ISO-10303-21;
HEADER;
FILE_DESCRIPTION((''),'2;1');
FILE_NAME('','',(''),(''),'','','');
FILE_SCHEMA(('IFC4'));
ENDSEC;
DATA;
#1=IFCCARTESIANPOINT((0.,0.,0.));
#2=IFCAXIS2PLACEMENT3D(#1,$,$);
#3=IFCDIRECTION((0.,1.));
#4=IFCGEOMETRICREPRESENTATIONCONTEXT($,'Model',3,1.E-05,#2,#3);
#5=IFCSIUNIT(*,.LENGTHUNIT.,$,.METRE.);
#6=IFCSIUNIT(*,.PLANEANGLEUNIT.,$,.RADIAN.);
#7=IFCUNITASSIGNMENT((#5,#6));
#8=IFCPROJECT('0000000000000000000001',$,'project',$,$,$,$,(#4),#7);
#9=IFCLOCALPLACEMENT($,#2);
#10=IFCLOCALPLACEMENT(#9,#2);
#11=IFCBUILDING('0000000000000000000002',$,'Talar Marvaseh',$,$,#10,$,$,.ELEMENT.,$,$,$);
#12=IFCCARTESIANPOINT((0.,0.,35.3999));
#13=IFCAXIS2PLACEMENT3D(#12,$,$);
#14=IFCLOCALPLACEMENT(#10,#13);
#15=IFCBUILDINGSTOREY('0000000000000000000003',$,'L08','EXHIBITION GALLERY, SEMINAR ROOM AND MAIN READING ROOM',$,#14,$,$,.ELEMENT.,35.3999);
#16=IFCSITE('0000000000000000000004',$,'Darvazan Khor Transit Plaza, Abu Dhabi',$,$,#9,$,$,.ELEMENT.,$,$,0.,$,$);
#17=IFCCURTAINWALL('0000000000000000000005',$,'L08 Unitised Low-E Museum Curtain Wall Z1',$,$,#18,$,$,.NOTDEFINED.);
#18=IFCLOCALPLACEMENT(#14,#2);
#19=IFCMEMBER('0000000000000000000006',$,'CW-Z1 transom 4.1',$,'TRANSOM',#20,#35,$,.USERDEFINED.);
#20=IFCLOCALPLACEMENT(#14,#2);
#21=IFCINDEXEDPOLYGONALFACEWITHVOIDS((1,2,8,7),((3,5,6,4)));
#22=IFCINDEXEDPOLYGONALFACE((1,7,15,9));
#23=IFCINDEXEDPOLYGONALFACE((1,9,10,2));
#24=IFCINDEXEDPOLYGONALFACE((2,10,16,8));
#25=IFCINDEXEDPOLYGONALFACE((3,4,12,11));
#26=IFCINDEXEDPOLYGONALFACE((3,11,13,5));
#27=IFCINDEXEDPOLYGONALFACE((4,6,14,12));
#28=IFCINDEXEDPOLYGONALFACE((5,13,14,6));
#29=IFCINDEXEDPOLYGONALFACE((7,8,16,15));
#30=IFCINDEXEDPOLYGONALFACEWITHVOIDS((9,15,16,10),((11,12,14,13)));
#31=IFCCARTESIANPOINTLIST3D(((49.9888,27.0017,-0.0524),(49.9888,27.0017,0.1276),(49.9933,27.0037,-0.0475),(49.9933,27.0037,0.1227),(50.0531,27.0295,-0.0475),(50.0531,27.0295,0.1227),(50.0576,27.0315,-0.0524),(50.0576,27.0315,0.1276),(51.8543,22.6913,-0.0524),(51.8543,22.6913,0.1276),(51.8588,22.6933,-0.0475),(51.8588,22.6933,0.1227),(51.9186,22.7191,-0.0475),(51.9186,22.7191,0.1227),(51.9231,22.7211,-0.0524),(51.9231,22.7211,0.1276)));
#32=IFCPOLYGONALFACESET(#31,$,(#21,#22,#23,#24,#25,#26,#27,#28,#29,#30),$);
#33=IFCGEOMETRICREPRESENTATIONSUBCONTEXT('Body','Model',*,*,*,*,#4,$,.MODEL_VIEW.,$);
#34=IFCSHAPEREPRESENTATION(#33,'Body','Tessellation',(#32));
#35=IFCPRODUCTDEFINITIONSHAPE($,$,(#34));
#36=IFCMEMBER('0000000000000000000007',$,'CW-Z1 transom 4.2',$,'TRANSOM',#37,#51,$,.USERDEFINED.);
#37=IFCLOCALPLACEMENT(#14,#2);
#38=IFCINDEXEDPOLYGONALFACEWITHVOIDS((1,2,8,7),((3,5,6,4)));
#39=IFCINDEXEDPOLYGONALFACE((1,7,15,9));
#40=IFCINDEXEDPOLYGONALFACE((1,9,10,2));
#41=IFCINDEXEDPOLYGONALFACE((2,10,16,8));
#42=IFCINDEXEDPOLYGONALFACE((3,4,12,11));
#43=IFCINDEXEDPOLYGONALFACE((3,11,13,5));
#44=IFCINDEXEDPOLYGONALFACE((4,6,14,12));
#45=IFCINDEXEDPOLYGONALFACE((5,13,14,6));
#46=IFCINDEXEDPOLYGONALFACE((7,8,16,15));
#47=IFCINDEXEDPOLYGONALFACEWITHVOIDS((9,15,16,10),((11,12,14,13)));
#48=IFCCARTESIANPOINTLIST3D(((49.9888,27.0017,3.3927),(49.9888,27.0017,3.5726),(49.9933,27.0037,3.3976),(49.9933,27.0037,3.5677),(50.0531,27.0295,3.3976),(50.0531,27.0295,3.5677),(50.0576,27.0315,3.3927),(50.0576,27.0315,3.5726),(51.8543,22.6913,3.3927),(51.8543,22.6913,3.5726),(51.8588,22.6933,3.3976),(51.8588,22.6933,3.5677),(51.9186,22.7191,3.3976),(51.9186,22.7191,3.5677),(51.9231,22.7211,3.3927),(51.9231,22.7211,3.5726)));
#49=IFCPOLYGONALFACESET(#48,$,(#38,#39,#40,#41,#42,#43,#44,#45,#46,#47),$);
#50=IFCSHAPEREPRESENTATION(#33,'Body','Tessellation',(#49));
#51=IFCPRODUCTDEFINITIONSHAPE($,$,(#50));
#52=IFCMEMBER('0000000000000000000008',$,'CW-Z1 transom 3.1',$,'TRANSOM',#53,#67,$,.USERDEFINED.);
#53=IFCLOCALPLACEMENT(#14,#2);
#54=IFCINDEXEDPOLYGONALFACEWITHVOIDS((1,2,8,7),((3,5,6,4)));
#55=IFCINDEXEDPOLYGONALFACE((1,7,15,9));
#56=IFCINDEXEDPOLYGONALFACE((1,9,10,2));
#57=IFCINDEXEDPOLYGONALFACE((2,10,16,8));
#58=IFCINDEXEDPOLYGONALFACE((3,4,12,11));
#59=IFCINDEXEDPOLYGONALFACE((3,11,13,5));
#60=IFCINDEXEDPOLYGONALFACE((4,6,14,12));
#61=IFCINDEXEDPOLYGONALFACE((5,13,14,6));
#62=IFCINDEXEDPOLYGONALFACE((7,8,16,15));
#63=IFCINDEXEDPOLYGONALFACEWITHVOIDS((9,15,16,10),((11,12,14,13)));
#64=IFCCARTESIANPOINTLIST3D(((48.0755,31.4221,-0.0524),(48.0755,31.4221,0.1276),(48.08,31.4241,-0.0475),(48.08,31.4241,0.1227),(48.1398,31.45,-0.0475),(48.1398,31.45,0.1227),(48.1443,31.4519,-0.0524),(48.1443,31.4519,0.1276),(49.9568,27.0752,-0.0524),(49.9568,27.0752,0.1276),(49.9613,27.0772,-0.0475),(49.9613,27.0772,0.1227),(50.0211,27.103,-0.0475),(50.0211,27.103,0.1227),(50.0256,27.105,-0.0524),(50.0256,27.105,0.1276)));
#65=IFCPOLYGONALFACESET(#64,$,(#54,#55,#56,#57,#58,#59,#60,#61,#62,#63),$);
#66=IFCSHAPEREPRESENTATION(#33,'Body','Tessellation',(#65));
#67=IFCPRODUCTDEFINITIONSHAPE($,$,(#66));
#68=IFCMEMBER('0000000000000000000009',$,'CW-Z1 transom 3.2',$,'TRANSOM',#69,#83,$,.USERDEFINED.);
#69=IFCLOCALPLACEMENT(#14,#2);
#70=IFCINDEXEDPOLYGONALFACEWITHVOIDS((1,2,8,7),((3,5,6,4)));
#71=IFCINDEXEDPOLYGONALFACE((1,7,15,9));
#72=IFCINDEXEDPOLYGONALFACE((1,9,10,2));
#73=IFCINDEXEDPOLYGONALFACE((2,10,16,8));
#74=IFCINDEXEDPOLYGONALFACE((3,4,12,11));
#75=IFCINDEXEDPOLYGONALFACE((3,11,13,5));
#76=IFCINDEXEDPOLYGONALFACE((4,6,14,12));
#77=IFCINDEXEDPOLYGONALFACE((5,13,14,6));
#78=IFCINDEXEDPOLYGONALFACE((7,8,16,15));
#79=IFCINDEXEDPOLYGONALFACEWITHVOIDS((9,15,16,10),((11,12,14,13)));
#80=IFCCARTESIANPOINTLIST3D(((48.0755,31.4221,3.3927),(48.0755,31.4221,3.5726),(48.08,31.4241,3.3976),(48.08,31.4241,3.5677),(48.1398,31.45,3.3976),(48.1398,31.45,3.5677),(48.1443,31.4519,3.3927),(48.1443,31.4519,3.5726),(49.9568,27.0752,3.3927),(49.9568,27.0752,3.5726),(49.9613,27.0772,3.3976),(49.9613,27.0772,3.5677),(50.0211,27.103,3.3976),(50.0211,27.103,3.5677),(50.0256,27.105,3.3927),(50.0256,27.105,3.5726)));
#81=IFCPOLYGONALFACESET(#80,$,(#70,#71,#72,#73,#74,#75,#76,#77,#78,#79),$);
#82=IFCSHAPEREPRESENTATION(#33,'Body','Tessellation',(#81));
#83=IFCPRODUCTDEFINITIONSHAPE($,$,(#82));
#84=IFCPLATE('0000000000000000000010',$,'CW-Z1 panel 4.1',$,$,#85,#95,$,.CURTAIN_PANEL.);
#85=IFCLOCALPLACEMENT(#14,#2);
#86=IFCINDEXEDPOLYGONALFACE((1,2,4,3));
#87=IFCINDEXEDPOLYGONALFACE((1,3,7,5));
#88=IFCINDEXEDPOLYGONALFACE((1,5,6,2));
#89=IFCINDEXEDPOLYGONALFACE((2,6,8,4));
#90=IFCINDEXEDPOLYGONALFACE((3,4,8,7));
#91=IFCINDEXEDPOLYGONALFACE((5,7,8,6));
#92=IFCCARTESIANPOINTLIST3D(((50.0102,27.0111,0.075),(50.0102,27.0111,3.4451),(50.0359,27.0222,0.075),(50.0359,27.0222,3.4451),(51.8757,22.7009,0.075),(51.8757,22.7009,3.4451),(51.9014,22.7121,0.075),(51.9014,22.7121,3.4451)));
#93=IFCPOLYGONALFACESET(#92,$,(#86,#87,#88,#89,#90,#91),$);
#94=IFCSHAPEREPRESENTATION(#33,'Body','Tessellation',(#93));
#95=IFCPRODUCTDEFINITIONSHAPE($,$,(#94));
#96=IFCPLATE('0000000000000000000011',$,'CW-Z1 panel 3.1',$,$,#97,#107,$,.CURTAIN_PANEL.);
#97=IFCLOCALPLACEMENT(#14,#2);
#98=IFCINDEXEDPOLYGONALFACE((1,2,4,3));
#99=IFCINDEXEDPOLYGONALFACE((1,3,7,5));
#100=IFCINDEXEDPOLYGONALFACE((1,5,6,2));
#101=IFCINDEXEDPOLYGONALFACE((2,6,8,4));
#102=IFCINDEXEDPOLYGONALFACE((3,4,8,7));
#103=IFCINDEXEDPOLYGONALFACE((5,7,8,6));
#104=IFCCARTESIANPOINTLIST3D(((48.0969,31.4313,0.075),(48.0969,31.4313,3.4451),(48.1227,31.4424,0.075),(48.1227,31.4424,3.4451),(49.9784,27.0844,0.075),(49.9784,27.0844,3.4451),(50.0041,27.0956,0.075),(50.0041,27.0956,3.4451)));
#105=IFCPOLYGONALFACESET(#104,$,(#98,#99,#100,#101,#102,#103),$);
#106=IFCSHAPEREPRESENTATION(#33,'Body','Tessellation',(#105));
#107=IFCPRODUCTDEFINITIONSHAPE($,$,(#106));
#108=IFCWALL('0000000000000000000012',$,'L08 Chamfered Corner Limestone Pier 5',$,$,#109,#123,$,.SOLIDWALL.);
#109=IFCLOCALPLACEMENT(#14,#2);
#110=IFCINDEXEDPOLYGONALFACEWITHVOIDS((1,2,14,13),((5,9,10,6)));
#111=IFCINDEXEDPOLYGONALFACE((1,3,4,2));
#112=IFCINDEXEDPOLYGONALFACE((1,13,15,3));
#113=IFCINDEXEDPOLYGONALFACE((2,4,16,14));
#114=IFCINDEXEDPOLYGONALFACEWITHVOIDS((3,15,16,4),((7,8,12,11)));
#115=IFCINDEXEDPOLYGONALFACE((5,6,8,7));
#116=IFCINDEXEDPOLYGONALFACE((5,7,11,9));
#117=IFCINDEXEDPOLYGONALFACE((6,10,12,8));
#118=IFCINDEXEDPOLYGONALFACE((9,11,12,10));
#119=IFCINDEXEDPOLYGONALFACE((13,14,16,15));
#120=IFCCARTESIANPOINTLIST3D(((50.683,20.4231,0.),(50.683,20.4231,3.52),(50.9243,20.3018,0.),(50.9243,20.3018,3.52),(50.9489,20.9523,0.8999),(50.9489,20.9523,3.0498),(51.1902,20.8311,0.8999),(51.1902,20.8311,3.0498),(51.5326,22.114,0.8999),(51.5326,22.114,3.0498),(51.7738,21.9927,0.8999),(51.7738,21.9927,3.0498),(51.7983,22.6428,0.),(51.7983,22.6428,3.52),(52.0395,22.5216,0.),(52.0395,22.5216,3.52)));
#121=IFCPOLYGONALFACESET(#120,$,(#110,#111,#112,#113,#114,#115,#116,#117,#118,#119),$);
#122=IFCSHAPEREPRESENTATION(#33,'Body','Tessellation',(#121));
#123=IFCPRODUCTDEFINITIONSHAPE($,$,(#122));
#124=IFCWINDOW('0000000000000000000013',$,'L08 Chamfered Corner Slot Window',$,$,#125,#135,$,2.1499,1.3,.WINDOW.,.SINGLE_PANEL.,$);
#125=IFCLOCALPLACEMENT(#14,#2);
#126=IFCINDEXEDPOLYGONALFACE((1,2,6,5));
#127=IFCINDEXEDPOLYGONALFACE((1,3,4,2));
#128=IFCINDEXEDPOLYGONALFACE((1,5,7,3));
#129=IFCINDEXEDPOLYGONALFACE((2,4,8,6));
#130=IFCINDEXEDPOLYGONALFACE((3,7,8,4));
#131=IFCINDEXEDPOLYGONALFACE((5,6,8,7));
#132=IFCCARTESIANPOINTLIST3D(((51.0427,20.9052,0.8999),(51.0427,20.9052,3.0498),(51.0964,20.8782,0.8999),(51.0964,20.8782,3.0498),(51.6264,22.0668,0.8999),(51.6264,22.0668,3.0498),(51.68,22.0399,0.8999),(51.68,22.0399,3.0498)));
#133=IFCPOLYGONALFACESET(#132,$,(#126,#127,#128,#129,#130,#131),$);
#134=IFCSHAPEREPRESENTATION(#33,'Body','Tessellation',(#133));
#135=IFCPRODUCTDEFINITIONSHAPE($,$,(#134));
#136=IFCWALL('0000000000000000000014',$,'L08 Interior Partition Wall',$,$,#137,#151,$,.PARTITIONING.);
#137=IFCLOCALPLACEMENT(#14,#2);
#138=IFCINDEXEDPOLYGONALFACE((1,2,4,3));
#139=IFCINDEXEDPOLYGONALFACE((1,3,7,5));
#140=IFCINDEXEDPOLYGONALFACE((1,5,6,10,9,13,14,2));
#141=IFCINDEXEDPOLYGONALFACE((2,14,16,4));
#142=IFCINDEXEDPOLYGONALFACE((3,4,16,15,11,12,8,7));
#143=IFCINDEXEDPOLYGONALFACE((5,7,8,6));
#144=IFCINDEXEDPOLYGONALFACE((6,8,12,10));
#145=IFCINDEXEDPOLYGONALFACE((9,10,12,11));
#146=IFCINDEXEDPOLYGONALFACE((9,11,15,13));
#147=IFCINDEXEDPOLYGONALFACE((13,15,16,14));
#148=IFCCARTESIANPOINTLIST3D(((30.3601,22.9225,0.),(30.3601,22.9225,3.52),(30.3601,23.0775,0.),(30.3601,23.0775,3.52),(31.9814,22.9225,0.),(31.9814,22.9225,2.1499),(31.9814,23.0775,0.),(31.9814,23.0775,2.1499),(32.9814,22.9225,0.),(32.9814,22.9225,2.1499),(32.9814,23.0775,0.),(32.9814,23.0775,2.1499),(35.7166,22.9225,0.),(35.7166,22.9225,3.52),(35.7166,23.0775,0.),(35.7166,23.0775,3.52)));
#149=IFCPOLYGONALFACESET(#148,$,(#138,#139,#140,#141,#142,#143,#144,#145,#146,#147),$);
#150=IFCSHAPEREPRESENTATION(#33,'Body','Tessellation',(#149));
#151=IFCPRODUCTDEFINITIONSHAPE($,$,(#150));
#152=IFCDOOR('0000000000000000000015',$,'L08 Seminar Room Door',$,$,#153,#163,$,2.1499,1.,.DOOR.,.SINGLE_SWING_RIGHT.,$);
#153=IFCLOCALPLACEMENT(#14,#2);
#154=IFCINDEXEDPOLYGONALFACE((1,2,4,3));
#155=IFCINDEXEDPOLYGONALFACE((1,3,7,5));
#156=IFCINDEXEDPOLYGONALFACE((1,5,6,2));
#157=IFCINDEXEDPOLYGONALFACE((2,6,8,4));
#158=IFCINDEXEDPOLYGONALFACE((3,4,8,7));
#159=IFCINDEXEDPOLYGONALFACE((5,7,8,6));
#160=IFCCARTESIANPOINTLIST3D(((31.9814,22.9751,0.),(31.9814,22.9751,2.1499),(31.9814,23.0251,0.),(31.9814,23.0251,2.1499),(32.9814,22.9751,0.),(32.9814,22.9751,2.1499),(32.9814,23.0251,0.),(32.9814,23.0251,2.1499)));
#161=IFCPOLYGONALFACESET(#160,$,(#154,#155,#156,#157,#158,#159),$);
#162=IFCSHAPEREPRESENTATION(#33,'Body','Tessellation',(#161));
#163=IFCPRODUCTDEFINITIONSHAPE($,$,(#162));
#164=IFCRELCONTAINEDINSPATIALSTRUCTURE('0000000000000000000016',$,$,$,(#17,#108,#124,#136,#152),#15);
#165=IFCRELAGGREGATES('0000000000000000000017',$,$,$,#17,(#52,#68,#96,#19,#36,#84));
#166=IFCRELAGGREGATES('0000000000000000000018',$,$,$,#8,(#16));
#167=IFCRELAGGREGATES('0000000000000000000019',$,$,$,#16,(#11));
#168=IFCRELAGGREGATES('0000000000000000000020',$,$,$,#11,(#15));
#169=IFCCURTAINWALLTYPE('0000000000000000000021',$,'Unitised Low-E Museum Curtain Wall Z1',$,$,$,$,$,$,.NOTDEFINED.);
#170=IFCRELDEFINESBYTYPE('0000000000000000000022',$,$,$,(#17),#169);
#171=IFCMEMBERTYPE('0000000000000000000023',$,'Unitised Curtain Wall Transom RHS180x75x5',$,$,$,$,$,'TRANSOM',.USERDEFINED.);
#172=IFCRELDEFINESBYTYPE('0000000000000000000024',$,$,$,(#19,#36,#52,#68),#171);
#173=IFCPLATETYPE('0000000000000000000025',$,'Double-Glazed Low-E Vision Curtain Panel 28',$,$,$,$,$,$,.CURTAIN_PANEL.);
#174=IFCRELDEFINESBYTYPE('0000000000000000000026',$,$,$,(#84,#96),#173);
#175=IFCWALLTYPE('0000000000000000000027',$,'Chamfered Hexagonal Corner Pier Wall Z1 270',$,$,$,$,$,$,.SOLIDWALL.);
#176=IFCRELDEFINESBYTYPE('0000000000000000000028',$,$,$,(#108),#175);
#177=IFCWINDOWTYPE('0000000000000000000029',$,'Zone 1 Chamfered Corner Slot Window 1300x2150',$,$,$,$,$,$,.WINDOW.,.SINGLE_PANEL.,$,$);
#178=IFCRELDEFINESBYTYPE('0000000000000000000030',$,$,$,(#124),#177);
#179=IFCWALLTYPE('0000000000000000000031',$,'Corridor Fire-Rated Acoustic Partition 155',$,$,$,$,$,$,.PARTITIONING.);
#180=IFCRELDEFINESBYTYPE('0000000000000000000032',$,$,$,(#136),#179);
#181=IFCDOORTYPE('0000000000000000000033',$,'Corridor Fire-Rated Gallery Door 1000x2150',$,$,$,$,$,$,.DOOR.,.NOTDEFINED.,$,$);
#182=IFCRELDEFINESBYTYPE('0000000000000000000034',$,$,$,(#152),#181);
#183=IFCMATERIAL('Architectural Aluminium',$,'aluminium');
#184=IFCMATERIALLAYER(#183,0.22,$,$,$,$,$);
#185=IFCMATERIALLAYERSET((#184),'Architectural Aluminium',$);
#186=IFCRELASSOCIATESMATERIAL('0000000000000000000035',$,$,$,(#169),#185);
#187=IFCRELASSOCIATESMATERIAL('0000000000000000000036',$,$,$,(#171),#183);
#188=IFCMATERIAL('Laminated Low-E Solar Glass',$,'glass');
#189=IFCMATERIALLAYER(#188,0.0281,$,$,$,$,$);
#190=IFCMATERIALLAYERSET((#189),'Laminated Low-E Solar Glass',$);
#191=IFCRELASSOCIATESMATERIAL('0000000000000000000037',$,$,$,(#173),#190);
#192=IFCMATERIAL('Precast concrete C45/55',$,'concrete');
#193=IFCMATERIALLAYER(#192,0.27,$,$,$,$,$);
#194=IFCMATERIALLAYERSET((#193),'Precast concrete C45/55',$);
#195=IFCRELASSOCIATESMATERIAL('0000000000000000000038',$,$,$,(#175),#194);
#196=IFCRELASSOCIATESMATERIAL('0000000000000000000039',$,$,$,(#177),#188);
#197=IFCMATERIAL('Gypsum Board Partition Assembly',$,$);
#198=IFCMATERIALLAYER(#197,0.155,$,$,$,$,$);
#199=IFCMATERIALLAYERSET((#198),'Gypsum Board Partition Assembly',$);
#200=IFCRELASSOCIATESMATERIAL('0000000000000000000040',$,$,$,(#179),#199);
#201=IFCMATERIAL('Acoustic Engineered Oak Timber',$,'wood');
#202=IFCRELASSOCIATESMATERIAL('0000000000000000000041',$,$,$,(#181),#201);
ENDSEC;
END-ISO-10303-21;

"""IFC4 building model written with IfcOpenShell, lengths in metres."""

from ifc_helpers import new_model, si_unit, direction, frame, frame_2d, origin, origin_2d, place, context, subcontext, project, spatial, rectangle, hollow_rectangle, extrude, source, transform, mapped, material, layer, layer_set, material_profile, profile_set, type_object, type_shapes, element, fill, aggregate, save


model = new_model("IFC4")

# Units and contexts
model_context = context("Model", 3, precision=1e-05, world=origin(), true_north=direction((0.0, 1.0)))
body_context = subcontext(model_context, "Body", "Model", "MODEL_VIEW")
ifc_project = project(units=[si_unit("LENGTHUNIT", "METRE"), si_unit("PLANEANGLEUNIT", "RADIAN")], contexts=[model_context])

# Site, building, storey
site_placement = place(None, origin())
site = spatial("IfcSite", under=ifc_project, at=site_placement, Name="Darvazan Khor Transit Plaza, Abu Dhabi", CompositionType="ELEMENT", RefElevation=0.0)
building_placement = place(site_placement, origin())
building = spatial("IfcBuilding", under=site, at=building_placement, Name="Talar Marvaseh", CompositionType="ELEMENT")
storey_placement = place(building_placement, frame((0.0, 0.0, 35.3999)))
storey = spatial("IfcBuildingStorey", under=building, at=storey_placement, Name="L08", Description="EXHIBITION GALLERY, SEMINAR ROOM AND MAIN READING ROOM", CompositionType="ELEMENT", Elevation=35.3999)

# Curtain wall, members, plates
ifc_material_1 = material(Name="Architectural Aluminium", Category="aluminium")
ifc_layer_1 = layer(ifc_material_1, 0.22)
ifc_layer_set_1 = layer_set([ifc_layer_1], Name="Architectural Aluminium")
curtain_wall_type = type_object("IfcCurtainWallType", Name="Unitised Low-E Museum Curtain Wall Z1", PredefinedType="NOTDEFINED", material=ifc_layer_set_1)
curtain_wall_placement = place(storey_placement, origin())
curtain_wall = element("IfcCurtainWall", 1, at=curtain_wall_placement, inside=storey, type_object=curtain_wall_type, Name="L08 Unitised Low-E Museum Curtain Wall Z1", PredefinedType="NOTDEFINED")
ifc_material_profile_1 = material_profile(ifc_material_1, hollow_rectangle(XDim=0.075, YDim=0.1799, WallThickness=0.0049, at=origin_2d()), Name="RHS180x75x5")
ifc_profile_set_1 = profile_set([ifc_material_profile_1], Name="Architectural Aluminium")
member_type_1 = type_object("IfcMemberType", Name="Unitised Curtain Wall Transom RHS180x75x5", ElementType="TRANSOM", PredefinedType="USERDEFINED", material=ifc_profile_set_1)
shared_shape_1 = source(origin(), body_context, "Body", "SweptSolid", [
    extrude(hollow_rectangle(XDim=0.075, YDim=0.1799, WallThickness=0.0049, at=origin_2d()), origin(), (0.0, 0.0, 1.0), 4.6968),
])
member_1_placement = place(storey_placement, frame((50.0232, 27.0166, 0.0376), z_axis=(0.397192, -0.917736, 0.0), x_axis=(0.917736, 0.397192, 0.0)))
member_1 = element("IfcMember", 2, at=member_1_placement, type_object=member_type_1, Name="CW-Z1 transom 4.1", ObjectType="TRANSOM", PredefinedType="USERDEFINED", context=body_context, shape_type="MappedRepresentation", body=[
    mapped(shared_shape_1, transform((0.0, 0.0, 0.0), x_axis=(1.0, 0.0, 0.0), y_axis=(0.0, 1.0, 0.0), z_axis=(0.0, 0.0, 1.0), scale=1.0)),
])
member_2_placement = place(storey_placement, frame((50.0232, 27.0166, 3.4827), z_axis=(0.397192, -0.917736, 0.0), x_axis=(0.917736, 0.397192, 0.0)))
member_2 = element("IfcMember", 3, at=member_2_placement, type_object=member_type_1, Name="CW-Z1 transom 4.2", ObjectType="TRANSOM", PredefinedType="USERDEFINED", context=body_context, shape_type="MappedRepresentation", body=[
    mapped(shared_shape_1, transform((0.0, 0.0, 0.0), x_axis=(1.0, 0.0, 0.0), y_axis=(0.0, 1.0, 0.0), z_axis=(0.0, 0.0, 1.0), scale=1.0)),
])
shared_shape_2 = source(origin(), body_context, "Body", "SweptSolid", [
    extrude(hollow_rectangle(XDim=0.075, YDim=0.1799, WallThickness=0.0049, at=origin_2d()), origin(), (0.0, 0.0, 1.0), 4.7366),
])
type_shapes(member_type_1, [shared_shape_1, shared_shape_2])
member_3_placement = place(storey_placement, frame((48.1099, 31.437, 0.0376), z_axis=(0.397195, -0.917734, 0.0), x_axis=(0.917734, 0.397195, 0.0)))
member_3 = element("IfcMember", 4, at=member_3_placement, type_object=member_type_1, Name="CW-Z1 transom 3.1", ObjectType="TRANSOM", PredefinedType="USERDEFINED", context=body_context, shape_type="MappedRepresentation", body=[
    mapped(shared_shape_2, transform((0.0, 0.0, 0.0), x_axis=(1.0, 0.0, 0.0), y_axis=(0.0, 1.0, 0.0), z_axis=(0.0, 0.0, 1.0), scale=1.0)),
])
member_4_placement = place(storey_placement, frame((48.1099, 31.437, 3.4827), z_axis=(0.397195, -0.917734, 0.0), x_axis=(0.917734, 0.397195, 0.0)))
member_4 = element("IfcMember", 5, at=member_4_placement, type_object=member_type_1, Name="CW-Z1 transom 3.2", ObjectType="TRANSOM", PredefinedType="USERDEFINED", context=body_context, shape_type="MappedRepresentation", body=[
    mapped(shared_shape_2, transform((0.0, 0.0, 0.0), x_axis=(1.0, 0.0, 0.0), y_axis=(0.0, 1.0, 0.0), z_axis=(0.0, 0.0, 1.0), scale=1.0)),
])
ifc_material_2 = material(Name="Laminated Low-E Solar Glass", Category="glass")
ifc_layer_2 = layer(ifc_material_2, 0.0281)
ifc_layer_set_2 = layer_set([ifc_layer_2], Name="Laminated Low-E Solar Glass")
plate_type = type_object("IfcPlateType", Name="Double-Glazed Low-E Vision Curtain Panel 28", PredefinedType="CURTAIN_PANEL", material=ifc_layer_set_2)
shared_shape_3 = source(origin(), body_context, "Body", "SweptSolid", [
    extrude(rectangle(XDim=4.6965, YDim=0.0281, at=origin_2d()), origin(), (0.0, 0.0, 1.0), 3.3701),
])
plate_1_placement = place(storey_placement, frame((50.9558, 24.8616, 0.075), z_axis=(0.0, 0.0, 1.0), x_axis=(0.39721, -0.917728, 0.0)))
plate_1 = element("IfcPlate", 6, at=plate_1_placement, type_object=plate_type, Name="CW-Z1 panel 4.1", PredefinedType="CURTAIN_PANEL", context=body_context, shape_type="MappedRepresentation", body=[
    mapped(shared_shape_3, transform((0.0, 0.0, 0.0), x_axis=(1.0, 0.0, 0.0), y_axis=(0.0, 1.0, 0.0), z_axis=(0.0, 0.0, 1.0), scale=1.0)),
])
shared_shape_4 = source(origin(), body_context, "Body", "SweptSolid", [
    extrude(rectangle(XDim=4.7366, YDim=0.0281, at=origin_2d()), origin(), (0.0, 0.0, 1.0), 3.3701),
])
type_shapes(plate_type, [shared_shape_3, shared_shape_4])
plate_2_placement = place(storey_placement, frame((49.0505, 29.2634, 0.075), z_axis=(0.0, 0.0, 1.0), x_axis=(0.39721, -0.917728, 0.0)))
plate_2 = element("IfcPlate", 7, at=plate_2_placement, type_object=plate_type, Name="CW-Z1 panel 3.1", PredefinedType="CURTAIN_PANEL", context=body_context, shape_type="MappedRepresentation", body=[
    mapped(shared_shape_4, transform((0.0, 0.0, 0.0), x_axis=(1.0, 0.0, 0.0), y_axis=(0.0, 1.0, 0.0), z_axis=(0.0, 0.0, 1.0), scale=1.0)),
])
aggregate(curtain_wall, [member_3, member_4, plate_2, member_1, member_2, plate_1])

# Wall, opening, window
ifc_material_3 = material(Name="Precast concrete C45/55", Category="concrete")
ifc_layer_3 = layer(ifc_material_3, 0.27)
ifc_layer_set_3 = layer_set([ifc_layer_3], Name="Precast concrete C45/55")
wall_type_1 = type_object("IfcWallType", Name="Chamfered Hexagonal Corner Pier Wall Z1 270", PredefinedType="SOLIDWALL", material=ifc_layer_set_3)
wall_1_placement = place(storey_placement, frame((51.9189, 22.5823, 0.0), z_axis=(0.0, 0.0, 1.0), x_axis=(-0.448942, -0.893561, 0.0)))
wall_1 = element("IfcWall", 8, at=wall_1_placement, inside=storey, type_object=wall_type_1, Name="L08 Chamfered Corner Limestone Pier 5", PredefinedType="SOLIDWALL", context=body_context, shape_type="SweptSolid", body=[
    extrude(rectangle(XDim=2.4841, YDim=0.27, at=frame_2d((1.2422, 0.0))), origin(), (0.0, 0.0, 1.0), 3.52),
])
opening_1_placement = place(wall_1_placement, frame((0.592, 0.0, 0.8999)))
opening_1 = element("IfcOpeningElement", 9, at=opening_1_placement, cuts=wall_1, PredefinedType="OPENING", context=body_context, shape_type="SweptSolid", body=[
    extrude(rectangle(XDim=1.3, YDim=2.1499, at=frame_2d((0.6499, 1.075))), frame((0.0, 0.145, 0.0), z_axis=(0.0, -1.0, 0.0), x_axis=(1.0, 0.0, 0.0)), (0.0, 0.0, 1.0), 0.29),
])
window_type = type_object("IfcWindowType", Name="Zone 1 Chamfered Corner Slot Window 1300x2150", PartitioningType="SINGLE_PANEL", PredefinedType="WINDOW", material=ifc_material_2)
shared_shape_5 = source(origin(), body_context, "Body", "SweptSolid", [
    extrude(rectangle(XDim=1.3, YDim=2.1499, at=frame_2d((0.6499, 1.075))), frame((0.0, 0.03, 0.0), z_axis=(0.0, -1.0, 0.0), x_axis=(1.0, 0.0, 0.0)), (0.0, 0.0, 1.0), 0.0601),
])
type_shapes(window_type, [shared_shape_5])
window_placement = place(opening_1_placement, origin())
window = element("IfcWindow", 10, at=window_placement, inside=storey, type_object=window_type, Name="L08 Chamfered Corner Slot Window", OverallHeight=2.1499, OverallWidth=1.3, PartitioningType="SINGLE_PANEL", PredefinedType="WINDOW", context=body_context, shape_type="MappedRepresentation", body=[
    mapped(shared_shape_5, transform((0.0, 0.0, 0.0), x_axis=(1.0, 0.0, 0.0), y_axis=(0.0, 1.0, 0.0), z_axis=(0.0, 0.0, 1.0), scale=1.0)),
])
fill(opening_1, window)

# Wall, opening, door
ifc_material_4 = material(Name="Gypsum Board Partition Assembly")
ifc_layer_4 = layer(ifc_material_4, 0.155)
ifc_layer_set_4 = layer_set([ifc_layer_4], Name="Gypsum Board Partition Assembly")
wall_type_2 = type_object("IfcWallType", Name="Corridor Fire-Rated Acoustic Partition 155", PredefinedType="PARTITIONING", material=ifc_layer_set_4)
wall_2_placement = place(storey_placement, frame((35.7166, 23.0, 0.0), z_axis=(0.0, 0.0, 1.0), x_axis=(-1.0, 0.0, 0.0)))
wall_2 = element("IfcWall", 11, at=wall_2_placement, inside=storey, type_object=wall_type_2, Name="L08 Interior Partition Wall", PredefinedType="PARTITIONING", context=body_context, shape_type="SweptSolid", body=[
    extrude(rectangle(XDim=5.3564, YDim=0.155, at=frame_2d((2.6782, 0.0))), origin(), (0.0, 0.0, 1.0), 3.52),
])
opening_2_placement = place(wall_2_placement, frame((2.7351, 0.0, 0.0)))
opening_2 = element("IfcOpeningElement", 12, at=opening_2_placement, cuts=wall_2, PredefinedType="OPENING", context=body_context, shape_type="SweptSolid", body=[
    extrude(rectangle(XDim=1.0, YDim=2.1499, at=frame_2d((0.5, 1.075))), frame((0.0, 0.0874, 0.0), z_axis=(0.0, -1.0, 0.0), x_axis=(1.0, 0.0, 0.0)), (0.0, 0.0, 1.0), 0.175),
])
ifc_material_5 = material(Name="Acoustic Engineered Oak Timber", Category="wood")
door_type = type_object("IfcDoorType", Name="Corridor Fire-Rated Gallery Door 1000x2150", OperationType="NOTDEFINED", PredefinedType="DOOR", material=ifc_material_5)
shared_shape_6 = source(origin(), body_context, "Body", "SweptSolid", [
    extrude(rectangle(XDim=1.0, YDim=2.1499, at=frame_2d((0.5, 1.075))), frame((0.0, 0.0249, 0.0), z_axis=(0.0, -1.0, 0.0), x_axis=(1.0, 0.0, 0.0)), (0.0, 0.0, 1.0), 0.05),
])
type_shapes(door_type, [shared_shape_6])
door_placement = place(opening_2_placement, origin())
door = element("IfcDoor", 13, at=door_placement, inside=storey, type_object=door_type, Name="L08 Seminar Room Door", OperationType="SINGLE_SWING_RIGHT", OverallHeight=2.1499, OverallWidth=1.0, PredefinedType="DOOR", context=body_context, shape_type="MappedRepresentation", body=[
    mapped(shared_shape_6, transform((0.0, 0.0, 0.0), x_axis=(1.0, 0.0, 0.0), y_axis=(0.0, 1.0, 0.0), z_axis=(0.0, 0.0, 1.0), scale=1.0)),
])
fill(opening_2, door)

save(model, "model.ifc")
